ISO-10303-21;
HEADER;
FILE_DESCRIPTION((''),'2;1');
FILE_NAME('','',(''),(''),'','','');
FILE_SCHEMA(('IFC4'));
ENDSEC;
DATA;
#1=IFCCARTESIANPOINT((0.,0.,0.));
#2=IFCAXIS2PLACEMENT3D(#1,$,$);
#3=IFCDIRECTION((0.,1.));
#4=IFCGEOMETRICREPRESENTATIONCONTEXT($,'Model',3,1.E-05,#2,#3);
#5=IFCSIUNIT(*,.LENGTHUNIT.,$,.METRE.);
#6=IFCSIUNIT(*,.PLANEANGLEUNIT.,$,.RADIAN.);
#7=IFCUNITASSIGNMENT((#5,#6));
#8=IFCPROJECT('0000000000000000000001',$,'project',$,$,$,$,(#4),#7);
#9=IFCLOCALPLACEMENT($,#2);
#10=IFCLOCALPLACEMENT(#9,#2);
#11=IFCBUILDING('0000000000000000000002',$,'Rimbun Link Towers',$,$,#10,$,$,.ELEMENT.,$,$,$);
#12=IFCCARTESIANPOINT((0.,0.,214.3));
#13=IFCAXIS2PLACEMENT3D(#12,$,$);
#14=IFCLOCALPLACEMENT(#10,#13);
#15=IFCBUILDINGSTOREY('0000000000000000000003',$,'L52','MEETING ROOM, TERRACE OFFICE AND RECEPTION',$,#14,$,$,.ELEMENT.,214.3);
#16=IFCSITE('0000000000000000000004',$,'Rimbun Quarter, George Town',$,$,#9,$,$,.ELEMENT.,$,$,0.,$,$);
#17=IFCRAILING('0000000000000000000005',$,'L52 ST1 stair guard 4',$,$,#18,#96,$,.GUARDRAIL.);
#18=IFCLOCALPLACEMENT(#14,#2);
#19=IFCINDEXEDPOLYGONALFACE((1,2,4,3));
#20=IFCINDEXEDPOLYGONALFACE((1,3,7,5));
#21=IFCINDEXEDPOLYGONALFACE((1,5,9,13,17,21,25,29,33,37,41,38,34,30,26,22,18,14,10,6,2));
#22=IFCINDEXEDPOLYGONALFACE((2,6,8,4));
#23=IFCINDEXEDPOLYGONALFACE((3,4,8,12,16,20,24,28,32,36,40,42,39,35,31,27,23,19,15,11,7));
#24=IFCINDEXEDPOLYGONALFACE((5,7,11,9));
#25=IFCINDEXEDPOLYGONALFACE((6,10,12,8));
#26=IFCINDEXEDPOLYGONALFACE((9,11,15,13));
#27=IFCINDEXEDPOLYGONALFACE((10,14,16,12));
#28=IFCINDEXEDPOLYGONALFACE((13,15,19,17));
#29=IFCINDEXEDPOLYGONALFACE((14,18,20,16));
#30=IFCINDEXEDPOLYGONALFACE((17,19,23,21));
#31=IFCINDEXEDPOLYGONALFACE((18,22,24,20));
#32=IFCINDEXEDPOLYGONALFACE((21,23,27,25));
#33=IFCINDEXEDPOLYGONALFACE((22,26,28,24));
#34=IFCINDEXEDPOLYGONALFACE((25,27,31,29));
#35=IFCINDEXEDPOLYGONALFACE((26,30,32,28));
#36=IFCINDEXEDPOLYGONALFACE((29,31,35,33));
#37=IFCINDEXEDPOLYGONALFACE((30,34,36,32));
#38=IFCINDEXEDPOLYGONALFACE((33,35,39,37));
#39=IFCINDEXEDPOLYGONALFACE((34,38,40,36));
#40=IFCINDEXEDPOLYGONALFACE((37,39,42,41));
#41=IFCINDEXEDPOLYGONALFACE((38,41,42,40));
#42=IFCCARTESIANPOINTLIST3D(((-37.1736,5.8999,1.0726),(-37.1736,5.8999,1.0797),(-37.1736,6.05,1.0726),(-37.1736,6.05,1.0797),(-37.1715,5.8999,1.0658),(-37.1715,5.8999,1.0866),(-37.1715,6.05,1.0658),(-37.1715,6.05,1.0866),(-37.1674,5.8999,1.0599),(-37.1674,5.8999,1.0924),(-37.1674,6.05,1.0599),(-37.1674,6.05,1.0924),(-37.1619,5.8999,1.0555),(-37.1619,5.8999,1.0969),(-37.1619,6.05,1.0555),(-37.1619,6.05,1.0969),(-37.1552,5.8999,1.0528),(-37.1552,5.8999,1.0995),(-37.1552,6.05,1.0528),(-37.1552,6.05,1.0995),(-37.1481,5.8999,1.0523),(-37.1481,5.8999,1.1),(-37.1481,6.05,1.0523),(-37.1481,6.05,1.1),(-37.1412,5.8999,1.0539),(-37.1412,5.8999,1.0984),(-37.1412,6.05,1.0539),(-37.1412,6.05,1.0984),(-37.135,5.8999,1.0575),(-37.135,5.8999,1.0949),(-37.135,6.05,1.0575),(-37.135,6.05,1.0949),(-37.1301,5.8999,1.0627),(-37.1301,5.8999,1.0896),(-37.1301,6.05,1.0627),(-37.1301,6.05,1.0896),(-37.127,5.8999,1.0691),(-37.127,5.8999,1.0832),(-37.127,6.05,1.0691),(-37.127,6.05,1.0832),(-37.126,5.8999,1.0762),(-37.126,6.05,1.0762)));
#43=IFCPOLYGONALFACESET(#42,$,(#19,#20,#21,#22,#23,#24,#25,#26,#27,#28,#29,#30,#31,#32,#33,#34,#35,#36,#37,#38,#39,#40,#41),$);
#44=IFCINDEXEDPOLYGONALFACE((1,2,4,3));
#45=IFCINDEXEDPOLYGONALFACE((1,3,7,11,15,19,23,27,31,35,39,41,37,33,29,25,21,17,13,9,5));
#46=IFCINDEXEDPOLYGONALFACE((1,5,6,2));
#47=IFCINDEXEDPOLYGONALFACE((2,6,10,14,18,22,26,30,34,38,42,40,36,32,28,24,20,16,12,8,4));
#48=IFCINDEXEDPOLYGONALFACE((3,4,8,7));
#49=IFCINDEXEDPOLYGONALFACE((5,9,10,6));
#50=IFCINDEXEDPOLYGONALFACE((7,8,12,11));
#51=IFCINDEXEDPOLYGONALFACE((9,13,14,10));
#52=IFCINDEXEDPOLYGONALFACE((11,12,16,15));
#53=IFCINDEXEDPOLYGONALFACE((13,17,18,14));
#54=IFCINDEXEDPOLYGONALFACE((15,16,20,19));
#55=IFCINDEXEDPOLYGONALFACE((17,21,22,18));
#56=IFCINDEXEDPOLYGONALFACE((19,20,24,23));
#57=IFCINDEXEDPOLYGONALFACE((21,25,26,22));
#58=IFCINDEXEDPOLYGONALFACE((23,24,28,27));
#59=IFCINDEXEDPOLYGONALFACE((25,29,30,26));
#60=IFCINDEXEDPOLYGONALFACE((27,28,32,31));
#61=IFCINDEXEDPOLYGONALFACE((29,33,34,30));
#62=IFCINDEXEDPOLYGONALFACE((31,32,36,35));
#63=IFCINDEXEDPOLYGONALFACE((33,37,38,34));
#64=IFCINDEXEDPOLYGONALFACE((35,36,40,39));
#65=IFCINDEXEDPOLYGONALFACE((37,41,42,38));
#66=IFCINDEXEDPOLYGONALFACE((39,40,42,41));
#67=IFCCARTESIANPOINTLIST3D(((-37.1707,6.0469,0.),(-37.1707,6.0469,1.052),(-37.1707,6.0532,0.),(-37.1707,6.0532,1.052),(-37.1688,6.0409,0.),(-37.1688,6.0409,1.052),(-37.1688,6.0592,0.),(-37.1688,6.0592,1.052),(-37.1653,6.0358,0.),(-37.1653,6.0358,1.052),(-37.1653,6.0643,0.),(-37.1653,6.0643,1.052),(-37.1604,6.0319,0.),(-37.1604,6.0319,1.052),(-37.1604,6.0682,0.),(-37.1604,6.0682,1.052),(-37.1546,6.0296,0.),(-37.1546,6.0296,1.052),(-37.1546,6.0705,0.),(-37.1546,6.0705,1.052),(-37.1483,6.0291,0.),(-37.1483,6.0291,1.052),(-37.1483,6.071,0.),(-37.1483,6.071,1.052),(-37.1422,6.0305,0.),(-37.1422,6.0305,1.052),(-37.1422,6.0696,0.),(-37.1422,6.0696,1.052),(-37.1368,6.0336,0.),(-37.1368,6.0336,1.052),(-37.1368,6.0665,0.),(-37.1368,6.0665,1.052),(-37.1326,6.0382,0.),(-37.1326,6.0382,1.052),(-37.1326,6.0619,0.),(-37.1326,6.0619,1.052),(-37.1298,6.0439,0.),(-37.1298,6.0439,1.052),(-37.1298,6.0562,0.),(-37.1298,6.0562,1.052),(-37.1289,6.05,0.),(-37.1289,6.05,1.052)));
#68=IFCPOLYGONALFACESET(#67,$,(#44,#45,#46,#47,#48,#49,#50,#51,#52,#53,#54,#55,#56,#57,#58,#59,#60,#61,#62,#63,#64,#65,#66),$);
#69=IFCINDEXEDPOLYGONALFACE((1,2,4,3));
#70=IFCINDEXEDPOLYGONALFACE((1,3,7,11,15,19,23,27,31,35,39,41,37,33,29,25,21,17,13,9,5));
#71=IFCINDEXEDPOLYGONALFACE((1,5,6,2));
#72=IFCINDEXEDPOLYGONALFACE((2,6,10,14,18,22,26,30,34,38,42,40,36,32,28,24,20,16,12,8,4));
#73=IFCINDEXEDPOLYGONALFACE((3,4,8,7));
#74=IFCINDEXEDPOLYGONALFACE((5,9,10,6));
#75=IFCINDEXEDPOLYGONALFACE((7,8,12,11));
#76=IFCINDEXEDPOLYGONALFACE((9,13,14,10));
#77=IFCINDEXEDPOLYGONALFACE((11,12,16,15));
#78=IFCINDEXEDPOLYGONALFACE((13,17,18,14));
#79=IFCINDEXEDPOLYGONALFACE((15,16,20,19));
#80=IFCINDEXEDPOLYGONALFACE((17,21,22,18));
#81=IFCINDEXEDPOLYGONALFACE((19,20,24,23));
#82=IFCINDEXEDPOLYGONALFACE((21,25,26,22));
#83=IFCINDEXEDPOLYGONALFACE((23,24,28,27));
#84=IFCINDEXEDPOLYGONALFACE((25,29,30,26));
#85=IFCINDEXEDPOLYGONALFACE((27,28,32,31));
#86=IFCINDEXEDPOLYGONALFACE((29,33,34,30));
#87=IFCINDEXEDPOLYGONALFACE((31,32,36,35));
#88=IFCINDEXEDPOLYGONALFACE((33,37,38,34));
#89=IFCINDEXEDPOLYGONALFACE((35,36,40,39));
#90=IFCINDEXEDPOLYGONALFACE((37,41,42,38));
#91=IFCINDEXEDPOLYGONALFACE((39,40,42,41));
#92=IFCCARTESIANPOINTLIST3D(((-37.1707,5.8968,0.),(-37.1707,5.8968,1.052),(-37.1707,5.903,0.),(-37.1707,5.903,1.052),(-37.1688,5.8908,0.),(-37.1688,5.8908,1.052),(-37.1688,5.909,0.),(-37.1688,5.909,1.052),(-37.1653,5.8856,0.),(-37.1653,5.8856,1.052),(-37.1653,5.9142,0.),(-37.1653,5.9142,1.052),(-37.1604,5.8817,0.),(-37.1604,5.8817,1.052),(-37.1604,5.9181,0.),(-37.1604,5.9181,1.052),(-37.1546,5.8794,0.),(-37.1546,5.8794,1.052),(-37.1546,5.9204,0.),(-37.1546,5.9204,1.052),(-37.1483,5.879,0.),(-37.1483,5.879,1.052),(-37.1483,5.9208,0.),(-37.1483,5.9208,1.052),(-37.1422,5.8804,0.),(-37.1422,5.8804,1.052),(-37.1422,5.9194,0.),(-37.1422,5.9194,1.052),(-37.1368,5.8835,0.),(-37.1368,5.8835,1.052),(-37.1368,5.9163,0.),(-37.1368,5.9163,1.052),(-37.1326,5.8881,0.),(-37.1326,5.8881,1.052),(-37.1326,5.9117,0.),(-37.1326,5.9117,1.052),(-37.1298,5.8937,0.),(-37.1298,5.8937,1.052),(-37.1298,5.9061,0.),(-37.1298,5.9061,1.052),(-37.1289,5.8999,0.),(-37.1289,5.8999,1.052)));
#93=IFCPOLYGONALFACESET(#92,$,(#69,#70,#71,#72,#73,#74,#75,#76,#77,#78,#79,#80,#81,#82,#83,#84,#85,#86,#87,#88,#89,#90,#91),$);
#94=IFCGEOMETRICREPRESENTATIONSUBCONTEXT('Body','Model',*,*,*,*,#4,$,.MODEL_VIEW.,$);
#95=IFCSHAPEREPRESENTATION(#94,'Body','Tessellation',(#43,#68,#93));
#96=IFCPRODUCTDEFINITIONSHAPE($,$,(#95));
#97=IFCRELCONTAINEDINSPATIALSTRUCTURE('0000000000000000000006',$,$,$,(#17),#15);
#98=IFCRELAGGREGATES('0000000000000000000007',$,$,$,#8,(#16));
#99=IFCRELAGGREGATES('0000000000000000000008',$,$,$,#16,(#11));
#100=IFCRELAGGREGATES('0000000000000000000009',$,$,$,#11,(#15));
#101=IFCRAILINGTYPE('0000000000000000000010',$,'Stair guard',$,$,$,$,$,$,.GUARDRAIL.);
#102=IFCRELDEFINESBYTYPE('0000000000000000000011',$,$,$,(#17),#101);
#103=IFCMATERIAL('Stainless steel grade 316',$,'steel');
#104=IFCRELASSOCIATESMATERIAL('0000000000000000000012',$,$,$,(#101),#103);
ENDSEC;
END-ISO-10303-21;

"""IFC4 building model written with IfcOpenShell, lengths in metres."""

from ifc_helpers import new_model, si_unit, direction, frame, origin, origin_2d, place, context, subcontext, project, spatial, circle, extrude, material, type_object, element, save


model = new_model("IFC4")

# Units and contexts
model_context = context("Model", 3, precision=1e-05, world=origin(), true_north=direction((0.0, 1.0)))
body_context = subcontext(model_context, "Body", "Model", "MODEL_VIEW")
ifc_project = project(units=[si_unit("LENGTHUNIT", "METRE"), si_unit("PLANEANGLEUNIT", "RADIAN")], contexts=[model_context])

# Site, building, storey
site_placement = place(None, origin())
site = spatial("IfcSite", under=ifc_project, at=site_placement, Name="Rimbun Quarter, George Town", CompositionType="ELEMENT", RefElevation=0.0)
building_placement = place(site_placement, origin())
building = spatial("IfcBuilding", under=site, at=building_placement, Name="Rimbun Link Towers", CompositionType="ELEMENT")
storey_placement = place(building_placement, frame((0.0, 0.0, 214.3)))
storey = spatial("IfcBuildingStorey", under=building, at=storey_placement, Name="L52", Description="MEETING ROOM, TERRACE OFFICE AND RECEPTION", CompositionType="ELEMENT", Elevation=214.3)

# Railing
ifc_material_1 = material(Name="Stainless steel grade 316", Category="steel")
railing_type_1 = type_object("IfcRailingType", Name="Stair guard", PredefinedType="GUARDRAIL", material=ifc_material_1)
railing_1_placement = place(storey_placement, frame((-37.1499, 6.05, 0.0)))
element("IfcRailing", 1, at=railing_1_placement, inside=storey, type_object=railing_type_1, Name="L52 ST1 stair guard 4", PredefinedType="GUARDRAIL", context=body_context, shape_type="SweptSolid", body=[
    extrude(circle(Radius=0.0239, at=origin_2d()), frame((0.0, 0.0, 1.0762), z_axis=(0.0, -1.0, 0.0), x_axis=(1.0, 0.0, 0.0)), (0.0, 0.0, 1.0), 0.1501),
    extrude(circle(Radius=0.021, at=origin_2d()), origin(), (0.0, 0.0, 1.0), 1.052),
    extrude(circle(Radius=0.021, at=origin_2d()), frame((0.0, -0.1501, 0.0)), (0.0, 0.0, 1.0), 1.052),
])

save(model, "model.ifc")
